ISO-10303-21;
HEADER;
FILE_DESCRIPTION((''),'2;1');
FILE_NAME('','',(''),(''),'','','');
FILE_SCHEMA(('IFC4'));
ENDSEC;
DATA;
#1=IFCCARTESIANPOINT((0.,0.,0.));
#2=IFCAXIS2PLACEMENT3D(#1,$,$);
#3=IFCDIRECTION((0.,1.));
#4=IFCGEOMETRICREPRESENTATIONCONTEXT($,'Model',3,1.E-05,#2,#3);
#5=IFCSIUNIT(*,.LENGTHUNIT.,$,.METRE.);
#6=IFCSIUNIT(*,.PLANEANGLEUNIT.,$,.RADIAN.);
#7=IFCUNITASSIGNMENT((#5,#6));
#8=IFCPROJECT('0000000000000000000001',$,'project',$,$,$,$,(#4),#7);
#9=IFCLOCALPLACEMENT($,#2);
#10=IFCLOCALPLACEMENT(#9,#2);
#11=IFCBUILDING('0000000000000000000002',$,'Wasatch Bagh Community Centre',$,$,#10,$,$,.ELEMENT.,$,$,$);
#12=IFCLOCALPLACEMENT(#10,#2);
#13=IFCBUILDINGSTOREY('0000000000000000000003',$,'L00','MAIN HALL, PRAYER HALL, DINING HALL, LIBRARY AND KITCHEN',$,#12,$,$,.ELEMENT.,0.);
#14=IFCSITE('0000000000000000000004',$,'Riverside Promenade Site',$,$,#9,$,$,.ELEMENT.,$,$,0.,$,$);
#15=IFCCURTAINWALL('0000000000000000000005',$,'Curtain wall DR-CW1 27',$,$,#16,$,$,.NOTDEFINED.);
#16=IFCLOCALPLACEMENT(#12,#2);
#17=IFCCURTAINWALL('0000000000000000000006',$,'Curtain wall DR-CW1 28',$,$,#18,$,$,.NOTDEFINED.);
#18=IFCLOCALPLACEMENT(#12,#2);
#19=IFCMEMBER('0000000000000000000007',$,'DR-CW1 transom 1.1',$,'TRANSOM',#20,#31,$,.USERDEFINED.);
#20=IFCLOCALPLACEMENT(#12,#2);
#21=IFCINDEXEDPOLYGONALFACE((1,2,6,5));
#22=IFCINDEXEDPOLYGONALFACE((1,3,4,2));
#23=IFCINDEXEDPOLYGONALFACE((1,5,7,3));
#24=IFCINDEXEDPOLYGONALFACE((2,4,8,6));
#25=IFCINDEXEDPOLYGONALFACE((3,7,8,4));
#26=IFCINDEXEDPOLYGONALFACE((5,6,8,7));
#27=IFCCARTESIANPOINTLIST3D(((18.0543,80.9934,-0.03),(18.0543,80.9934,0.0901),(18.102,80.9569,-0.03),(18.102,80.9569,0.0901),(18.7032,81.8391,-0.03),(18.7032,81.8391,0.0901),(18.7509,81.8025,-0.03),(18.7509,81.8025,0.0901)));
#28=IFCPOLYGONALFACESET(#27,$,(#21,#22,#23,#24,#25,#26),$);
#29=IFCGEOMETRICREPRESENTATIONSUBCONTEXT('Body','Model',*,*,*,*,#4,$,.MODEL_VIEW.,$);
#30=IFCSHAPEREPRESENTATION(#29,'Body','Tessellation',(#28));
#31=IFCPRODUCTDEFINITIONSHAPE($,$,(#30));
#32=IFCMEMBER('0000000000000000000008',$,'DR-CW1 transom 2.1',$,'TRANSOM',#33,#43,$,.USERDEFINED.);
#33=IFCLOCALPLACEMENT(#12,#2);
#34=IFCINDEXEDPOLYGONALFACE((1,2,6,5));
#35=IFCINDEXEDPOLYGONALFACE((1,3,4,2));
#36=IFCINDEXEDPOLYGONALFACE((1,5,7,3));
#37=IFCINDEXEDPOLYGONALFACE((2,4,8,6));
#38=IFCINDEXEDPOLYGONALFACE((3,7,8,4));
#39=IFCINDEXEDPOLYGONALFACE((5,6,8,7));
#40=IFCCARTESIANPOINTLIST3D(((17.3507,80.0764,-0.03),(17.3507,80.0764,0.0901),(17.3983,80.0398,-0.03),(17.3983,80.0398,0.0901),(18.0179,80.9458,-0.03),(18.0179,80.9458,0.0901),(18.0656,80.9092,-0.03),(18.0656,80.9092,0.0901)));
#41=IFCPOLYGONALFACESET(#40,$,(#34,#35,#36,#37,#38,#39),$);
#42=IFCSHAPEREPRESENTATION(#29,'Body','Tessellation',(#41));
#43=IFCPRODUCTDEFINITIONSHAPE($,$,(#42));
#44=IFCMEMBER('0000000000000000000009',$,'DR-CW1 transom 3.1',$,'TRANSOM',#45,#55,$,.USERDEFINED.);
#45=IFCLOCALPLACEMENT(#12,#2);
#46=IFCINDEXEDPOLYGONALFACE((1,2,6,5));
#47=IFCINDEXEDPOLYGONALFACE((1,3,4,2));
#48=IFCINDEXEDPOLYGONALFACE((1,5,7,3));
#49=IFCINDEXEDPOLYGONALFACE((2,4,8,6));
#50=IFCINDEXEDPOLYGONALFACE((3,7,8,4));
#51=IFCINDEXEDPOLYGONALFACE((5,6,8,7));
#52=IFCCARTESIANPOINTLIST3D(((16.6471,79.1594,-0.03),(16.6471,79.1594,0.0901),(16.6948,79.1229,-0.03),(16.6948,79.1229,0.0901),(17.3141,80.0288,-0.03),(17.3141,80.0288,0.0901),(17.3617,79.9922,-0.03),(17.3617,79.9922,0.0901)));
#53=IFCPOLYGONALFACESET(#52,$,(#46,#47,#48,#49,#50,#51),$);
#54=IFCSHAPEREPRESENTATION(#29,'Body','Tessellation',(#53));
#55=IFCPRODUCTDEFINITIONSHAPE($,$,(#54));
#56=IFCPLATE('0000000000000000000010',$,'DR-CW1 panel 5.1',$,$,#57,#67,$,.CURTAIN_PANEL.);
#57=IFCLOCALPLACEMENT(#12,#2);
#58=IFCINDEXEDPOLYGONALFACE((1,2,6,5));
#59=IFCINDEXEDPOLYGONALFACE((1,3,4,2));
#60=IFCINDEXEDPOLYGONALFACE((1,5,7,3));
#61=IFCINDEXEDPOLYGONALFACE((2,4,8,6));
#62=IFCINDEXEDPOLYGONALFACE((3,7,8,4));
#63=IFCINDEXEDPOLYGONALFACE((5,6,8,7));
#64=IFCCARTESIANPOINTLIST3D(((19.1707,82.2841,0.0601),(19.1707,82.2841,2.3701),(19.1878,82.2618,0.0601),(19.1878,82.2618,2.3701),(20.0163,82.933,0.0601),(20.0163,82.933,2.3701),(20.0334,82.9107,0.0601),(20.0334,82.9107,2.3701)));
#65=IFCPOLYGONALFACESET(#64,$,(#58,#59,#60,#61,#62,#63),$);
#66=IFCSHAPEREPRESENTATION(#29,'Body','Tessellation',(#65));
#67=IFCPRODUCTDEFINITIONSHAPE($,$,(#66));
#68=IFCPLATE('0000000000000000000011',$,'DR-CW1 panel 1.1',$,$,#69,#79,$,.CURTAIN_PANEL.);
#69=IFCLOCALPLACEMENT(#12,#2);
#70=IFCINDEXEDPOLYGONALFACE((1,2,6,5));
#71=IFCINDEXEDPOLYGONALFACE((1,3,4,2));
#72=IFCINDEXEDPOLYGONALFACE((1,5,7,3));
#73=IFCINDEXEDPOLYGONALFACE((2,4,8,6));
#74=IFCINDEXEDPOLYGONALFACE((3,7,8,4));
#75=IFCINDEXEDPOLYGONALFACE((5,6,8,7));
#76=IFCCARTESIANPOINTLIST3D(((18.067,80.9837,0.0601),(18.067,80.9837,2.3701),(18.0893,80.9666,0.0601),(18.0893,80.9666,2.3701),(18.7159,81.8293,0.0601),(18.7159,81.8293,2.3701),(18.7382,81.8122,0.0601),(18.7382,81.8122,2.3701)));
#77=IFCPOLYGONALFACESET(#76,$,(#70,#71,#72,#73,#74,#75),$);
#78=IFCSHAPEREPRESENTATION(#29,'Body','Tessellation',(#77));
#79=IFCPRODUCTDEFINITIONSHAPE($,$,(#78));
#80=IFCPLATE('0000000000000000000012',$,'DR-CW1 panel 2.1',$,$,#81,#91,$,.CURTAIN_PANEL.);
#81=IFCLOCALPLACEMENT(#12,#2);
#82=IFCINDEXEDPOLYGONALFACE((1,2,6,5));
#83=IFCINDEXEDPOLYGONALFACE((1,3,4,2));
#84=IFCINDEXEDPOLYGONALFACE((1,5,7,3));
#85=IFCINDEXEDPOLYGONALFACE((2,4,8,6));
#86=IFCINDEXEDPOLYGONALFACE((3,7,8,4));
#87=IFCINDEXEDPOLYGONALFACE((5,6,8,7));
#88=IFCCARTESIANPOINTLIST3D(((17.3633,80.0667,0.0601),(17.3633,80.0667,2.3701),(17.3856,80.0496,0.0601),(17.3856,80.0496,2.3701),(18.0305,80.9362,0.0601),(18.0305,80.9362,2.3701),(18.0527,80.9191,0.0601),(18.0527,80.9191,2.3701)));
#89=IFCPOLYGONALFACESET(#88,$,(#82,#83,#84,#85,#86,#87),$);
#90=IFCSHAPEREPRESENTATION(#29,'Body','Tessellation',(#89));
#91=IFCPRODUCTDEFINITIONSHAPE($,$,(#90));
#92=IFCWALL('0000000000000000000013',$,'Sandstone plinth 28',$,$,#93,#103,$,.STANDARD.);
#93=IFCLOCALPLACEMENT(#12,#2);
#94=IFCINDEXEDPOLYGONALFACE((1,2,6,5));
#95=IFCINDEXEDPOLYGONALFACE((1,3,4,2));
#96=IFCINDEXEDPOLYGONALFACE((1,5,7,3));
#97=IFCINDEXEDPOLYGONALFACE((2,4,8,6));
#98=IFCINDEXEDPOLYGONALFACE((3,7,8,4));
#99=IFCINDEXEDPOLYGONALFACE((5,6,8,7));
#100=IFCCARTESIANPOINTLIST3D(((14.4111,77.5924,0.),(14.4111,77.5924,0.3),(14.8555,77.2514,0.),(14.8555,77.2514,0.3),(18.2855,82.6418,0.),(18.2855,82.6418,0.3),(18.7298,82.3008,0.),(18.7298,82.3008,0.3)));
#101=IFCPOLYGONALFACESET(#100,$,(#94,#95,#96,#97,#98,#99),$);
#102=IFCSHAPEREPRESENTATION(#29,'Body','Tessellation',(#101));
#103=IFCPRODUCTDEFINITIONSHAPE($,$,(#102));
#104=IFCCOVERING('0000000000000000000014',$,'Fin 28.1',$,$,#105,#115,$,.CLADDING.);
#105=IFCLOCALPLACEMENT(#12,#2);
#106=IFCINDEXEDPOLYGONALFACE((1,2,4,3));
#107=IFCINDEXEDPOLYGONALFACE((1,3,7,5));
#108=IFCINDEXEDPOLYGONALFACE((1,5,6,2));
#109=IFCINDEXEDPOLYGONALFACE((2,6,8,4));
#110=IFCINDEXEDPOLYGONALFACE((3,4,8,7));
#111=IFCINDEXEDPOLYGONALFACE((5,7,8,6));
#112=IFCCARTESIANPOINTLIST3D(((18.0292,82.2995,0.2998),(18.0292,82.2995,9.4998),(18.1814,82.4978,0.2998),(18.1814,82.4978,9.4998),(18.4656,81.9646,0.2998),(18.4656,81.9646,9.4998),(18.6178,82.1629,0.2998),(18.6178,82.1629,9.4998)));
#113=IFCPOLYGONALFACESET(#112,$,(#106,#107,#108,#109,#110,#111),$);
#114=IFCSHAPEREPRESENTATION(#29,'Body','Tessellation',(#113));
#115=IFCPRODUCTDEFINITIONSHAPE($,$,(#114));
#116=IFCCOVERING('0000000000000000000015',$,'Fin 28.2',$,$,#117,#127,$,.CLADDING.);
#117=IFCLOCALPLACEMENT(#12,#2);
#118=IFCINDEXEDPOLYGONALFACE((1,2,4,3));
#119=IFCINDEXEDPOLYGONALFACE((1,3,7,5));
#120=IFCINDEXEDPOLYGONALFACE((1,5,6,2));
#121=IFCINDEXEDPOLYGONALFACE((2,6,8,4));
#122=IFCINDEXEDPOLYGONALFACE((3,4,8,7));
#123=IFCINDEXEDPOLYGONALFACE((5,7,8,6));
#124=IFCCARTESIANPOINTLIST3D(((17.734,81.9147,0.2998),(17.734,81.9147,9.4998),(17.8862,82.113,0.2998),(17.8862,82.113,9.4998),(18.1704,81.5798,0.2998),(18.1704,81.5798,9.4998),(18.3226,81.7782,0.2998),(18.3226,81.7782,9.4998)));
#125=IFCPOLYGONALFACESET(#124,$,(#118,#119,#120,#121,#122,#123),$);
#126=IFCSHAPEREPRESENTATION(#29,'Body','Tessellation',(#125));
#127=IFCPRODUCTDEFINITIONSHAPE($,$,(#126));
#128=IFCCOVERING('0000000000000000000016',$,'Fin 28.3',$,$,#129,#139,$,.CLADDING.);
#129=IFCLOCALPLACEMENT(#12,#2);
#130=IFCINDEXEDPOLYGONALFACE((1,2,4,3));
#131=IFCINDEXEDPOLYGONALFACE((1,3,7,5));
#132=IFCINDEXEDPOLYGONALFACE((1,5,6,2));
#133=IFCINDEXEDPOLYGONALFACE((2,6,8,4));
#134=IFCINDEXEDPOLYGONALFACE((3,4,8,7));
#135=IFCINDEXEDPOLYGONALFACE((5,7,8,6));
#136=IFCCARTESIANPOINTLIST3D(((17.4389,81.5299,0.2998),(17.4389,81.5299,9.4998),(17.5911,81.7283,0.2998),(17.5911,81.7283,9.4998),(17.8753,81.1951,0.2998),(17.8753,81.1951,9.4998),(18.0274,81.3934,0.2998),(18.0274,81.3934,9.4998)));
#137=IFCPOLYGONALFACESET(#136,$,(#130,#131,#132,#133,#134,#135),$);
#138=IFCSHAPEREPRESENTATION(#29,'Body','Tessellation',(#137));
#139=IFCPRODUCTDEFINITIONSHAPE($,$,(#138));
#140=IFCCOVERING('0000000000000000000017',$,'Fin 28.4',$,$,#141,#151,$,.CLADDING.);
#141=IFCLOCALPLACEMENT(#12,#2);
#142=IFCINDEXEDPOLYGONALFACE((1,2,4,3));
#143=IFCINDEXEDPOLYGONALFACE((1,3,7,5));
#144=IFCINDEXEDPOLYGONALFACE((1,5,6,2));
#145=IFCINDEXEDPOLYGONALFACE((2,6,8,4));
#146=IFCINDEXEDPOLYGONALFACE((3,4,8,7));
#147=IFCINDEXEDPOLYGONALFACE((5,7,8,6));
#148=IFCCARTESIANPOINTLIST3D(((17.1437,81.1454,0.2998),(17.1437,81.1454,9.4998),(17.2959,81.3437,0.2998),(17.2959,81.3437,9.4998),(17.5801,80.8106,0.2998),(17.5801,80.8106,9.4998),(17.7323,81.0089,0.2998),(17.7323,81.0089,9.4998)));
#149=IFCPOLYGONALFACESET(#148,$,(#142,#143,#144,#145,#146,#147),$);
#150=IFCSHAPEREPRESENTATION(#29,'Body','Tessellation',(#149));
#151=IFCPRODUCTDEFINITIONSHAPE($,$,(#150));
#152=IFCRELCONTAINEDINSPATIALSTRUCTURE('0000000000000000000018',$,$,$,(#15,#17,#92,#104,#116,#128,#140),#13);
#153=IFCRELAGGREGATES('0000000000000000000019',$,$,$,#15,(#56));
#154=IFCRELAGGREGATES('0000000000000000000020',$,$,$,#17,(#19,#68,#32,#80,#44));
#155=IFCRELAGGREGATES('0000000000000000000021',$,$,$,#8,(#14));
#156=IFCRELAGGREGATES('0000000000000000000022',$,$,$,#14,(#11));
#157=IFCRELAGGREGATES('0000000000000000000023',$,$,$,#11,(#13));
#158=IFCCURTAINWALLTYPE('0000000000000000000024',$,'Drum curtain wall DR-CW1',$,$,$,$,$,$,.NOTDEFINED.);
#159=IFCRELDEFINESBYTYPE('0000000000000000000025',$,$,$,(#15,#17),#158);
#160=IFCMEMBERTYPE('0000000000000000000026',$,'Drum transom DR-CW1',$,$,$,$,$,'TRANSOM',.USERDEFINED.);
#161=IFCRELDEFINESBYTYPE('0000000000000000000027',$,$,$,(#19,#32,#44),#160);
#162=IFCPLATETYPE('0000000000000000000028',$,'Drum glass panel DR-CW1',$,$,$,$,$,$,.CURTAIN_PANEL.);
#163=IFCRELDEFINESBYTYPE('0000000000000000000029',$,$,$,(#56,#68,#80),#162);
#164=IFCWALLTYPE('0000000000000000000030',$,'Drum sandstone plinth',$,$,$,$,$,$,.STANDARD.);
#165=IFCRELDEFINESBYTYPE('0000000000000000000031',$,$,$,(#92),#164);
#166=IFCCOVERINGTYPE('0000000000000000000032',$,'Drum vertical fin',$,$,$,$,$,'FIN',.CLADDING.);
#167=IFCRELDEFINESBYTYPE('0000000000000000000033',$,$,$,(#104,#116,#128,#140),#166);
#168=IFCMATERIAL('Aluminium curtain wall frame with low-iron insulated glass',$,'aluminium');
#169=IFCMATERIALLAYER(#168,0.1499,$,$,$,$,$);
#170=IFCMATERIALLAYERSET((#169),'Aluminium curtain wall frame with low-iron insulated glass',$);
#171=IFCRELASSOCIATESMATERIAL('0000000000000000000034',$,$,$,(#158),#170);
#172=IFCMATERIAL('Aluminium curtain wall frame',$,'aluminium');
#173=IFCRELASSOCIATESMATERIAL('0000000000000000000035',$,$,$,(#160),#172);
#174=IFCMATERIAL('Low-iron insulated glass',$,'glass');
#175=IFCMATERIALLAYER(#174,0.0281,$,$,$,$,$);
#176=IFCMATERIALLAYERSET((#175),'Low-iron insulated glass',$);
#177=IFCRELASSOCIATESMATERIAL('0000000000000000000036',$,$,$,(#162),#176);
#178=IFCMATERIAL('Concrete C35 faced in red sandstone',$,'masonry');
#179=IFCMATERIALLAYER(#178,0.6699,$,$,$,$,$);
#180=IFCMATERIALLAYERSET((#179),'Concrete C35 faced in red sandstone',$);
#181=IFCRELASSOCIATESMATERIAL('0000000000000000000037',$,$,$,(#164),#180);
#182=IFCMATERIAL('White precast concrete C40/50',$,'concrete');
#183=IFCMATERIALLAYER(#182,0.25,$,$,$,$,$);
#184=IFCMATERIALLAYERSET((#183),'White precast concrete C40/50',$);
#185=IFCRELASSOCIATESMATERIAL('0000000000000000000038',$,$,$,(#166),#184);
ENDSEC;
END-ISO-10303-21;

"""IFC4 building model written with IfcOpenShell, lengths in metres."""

from ifc_helpers import new_model, si_unit, direction, frame, frame_2d, origin, origin_2d, place, context, subcontext, project, spatial, rectangle, extrude, material, layer, layer_set, material_profile, profile_set, type_object, element, aggregate, save


model = new_model("IFC4")

# Units and contexts
model_context = context("Model", 3, precision=1e-05, world=origin(), true_north=direction((0.0, 1.0)))
body_context = subcontext(model_context, "Body", "Model", "MODEL_VIEW")
ifc_project = project(units=[si_unit("LENGTHUNIT", "METRE"), si_unit("PLANEANGLEUNIT", "RADIAN")], contexts=[model_context])

# Site, building, storey
site_placement = place(None, origin())
site = spatial("IfcSite", under=ifc_project, at=site_placement, Name="Riverside Promenade Site", CompositionType="ELEMENT", RefElevation=0.0)
building_placement = place(site_placement, origin())
building = spatial("IfcBuilding", under=site, at=building_placement, Name="Wasatch Bagh Community Centre", CompositionType="ELEMENT")
storey_placement = place(building_placement, origin())
storey = spatial("IfcBuildingStorey", under=building, at=storey_placement, Name="L00", Description="MAIN HALL, PRAYER HALL, DINING HALL, LIBRARY AND KITCHEN", CompositionType="ELEMENT", Elevation=0.0)

# Curtain walls
ifc_material_1 = material(Name="Aluminium curtain wall frame with low-iron insulated glass", Category="aluminium")
ifc_layer_1 = layer(ifc_material_1, 0.1499)
ifc_layer_set_1 = layer_set([ifc_layer_1], Name="Aluminium curtain wall frame with low-iron insulated glass")
curtain_wall_type = type_object("IfcCurtainWallType", Name="Drum curtain wall DR-CW1", PredefinedType="NOTDEFINED", material=ifc_layer_set_1)
curtain_wall_1_placement = place(storey_placement, origin())
curtain_wall_1 = element("IfcCurtainWall", 1, at=curtain_wall_1_placement, inside=storey, type_object=curtain_wall_type, Name="Curtain wall DR-CW1 27", PredefinedType="NOTDEFINED")
ifc_material_2 = material(Name="Aluminium curtain wall frame", Category="aluminium")
curtain_wall_2_placement = place(storey_placement, origin())
curtain_wall_2 = element("IfcCurtainWall", 2, at=curtain_wall_2_placement, inside=storey, type_object=curtain_wall_type, Name="Curtain wall DR-CW1 28", PredefinedType="NOTDEFINED")

# Members
ifc_material_profile_1 = material_profile(ifc_material_2, rectangle(XDim=0.0601, YDim=0.1201, at=origin_2d()), Name="Drum transom DR-CW1")
ifc_profile_set_1 = profile_set([ifc_material_profile_1], Name="Aluminium curtain wall frame")
member_type_1 = type_object("IfcMemberType", Name="Drum transom DR-CW1", ElementType="TRANSOM", PredefinedType="USERDEFINED", material=ifc_profile_set_1)
member_1_placement = place(storey_placement, frame((18.7271, 81.8208, 0.03), z_axis=(-0.608758, -0.793356, 0.0), x_axis=(0.793356, -0.608758, 0.0)))
member_1 = element("IfcMember", 3, at=member_1_placement, type_object=member_type_1, Name="DR-CW1 transom 1.1", ObjectType="TRANSOM", PredefinedType="USERDEFINED", context=body_context, shape_type="SweptSolid", body=[
    extrude(rectangle(XDim=0.0601, YDim=0.1201, at=origin_2d()), origin(), (0.0, 0.0, 1.0), 1.0659),
])
member_2_placement = place(storey_placement, frame((18.0417, 80.9275, 0.03), z_axis=(-0.608838, -0.793294, 0.0), x_axis=(0.793294, -0.608838, 0.0)))
member_2 = element("IfcMember", 4, at=member_2_placement, type_object=member_type_1, Name="DR-CW1 transom 2.1", ObjectType="TRANSOM", PredefinedType="USERDEFINED", context=body_context, shape_type="SweptSolid", body=[
    extrude(rectangle(XDim=0.0601, YDim=0.1201, at=origin_2d()), origin(), (0.0, 0.0, 1.0), 1.0959),
])
member_3_placement = place(storey_placement, frame((17.3379, 80.0105, 0.03), z_axis=(-0.608698, -0.793402, 0.0), x_axis=(0.793402, -0.608698, 0.0)))
member_3 = element("IfcMember", 5, at=member_3_placement, type_object=member_type_1, Name="DR-CW1 transom 3.1", ObjectType="TRANSOM", PredefinedType="USERDEFINED", context=body_context, shape_type="SweptSolid", body=[
    extrude(rectangle(XDim=0.0601, YDim=0.1201, at=origin_2d()), origin(), (0.0, 0.0, 1.0), 1.0957),
])

# Plates
ifc_material_3 = material(Name="Low-iron insulated glass", Category="glass")
ifc_layer_2 = layer(ifc_material_3, 0.0281)
ifc_layer_set_2 = layer_set([ifc_layer_2], Name="Low-iron insulated glass")
plate_type = type_object("IfcPlateType", Name="Drum glass panel DR-CW1", PredefinedType="CURTAIN_PANEL", material=ifc_layer_set_2)
plate_1_placement = place(storey_placement, frame((19.6021, 82.5974, 0.0601), z_axis=(0.0, 0.0, 1.0), x_axis=(-0.793353, -0.608761, 0.0)))
plate_1 = element("IfcPlate", 6, at=plate_1_placement, type_object=plate_type, Name="DR-CW1 panel 5.1", PredefinedType="CURTAIN_PANEL", context=body_context, shape_type="SweptSolid", body=[
    extrude(rectangle(XDim=1.0659, YDim=0.0281, at=origin_2d()), origin(), (0.0, 0.0, 1.0), 2.3101),
])
aggregate(curtain_wall_1, [plate_1])
plate_2_placement = place(storey_placement, frame((18.4026, 81.3979, 0.0601), z_axis=(0.0, 0.0, 1.0), x_axis=(-0.608761, -0.793353, 0.0)))
plate_2 = element("IfcPlate", 7, at=plate_2_placement, type_object=plate_type, Name="DR-CW1 panel 1.1", PredefinedType="CURTAIN_PANEL", context=body_context, shape_type="SweptSolid", body=[
    extrude(rectangle(XDim=1.0659, YDim=0.0281, at=origin_2d()), origin(), (0.0, 0.0, 1.0), 2.3101),
])
plate_3_placement = place(storey_placement, frame((17.708, 80.4929, 0.0601), z_axis=(0.0, 0.0, 1.0), x_axis=(-0.608761, -0.793353, 0.0)))
plate_3 = element("IfcPlate", 8, at=plate_3_placement, type_object=plate_type, Name="DR-CW1 panel 2.1", PredefinedType="CURTAIN_PANEL", context=body_context, shape_type="SweptSolid", body=[
    extrude(rectangle(XDim=1.0959, YDim=0.0281, at=origin_2d()), origin(), (0.0, 0.0, 1.0), 2.3101),
])
aggregate(curtain_wall_2, [member_1, plate_2, member_2, plate_3, member_3])

# Wall
ifc_material_4 = material(Name="Concrete C35 faced in red sandstone", Category="masonry")
ifc_layer_3 = layer(ifc_material_4, 0.6699)
ifc_layer_set_3 = layer_set([ifc_layer_3], Name="Concrete C35 faced in red sandstone")
wall_type = type_object("IfcWallType", Name="Drum sandstone plinth", PredefinedType="STANDARD", material=ifc_layer_set_3)
wall_placement = place(storey_placement, frame((18.5076, 82.4712, 0.0), z_axis=(0.0, 0.0, 1.0), x_axis=(-0.608741, -0.793369, 0.0)))
element("IfcWall", 9, at=wall_placement, inside=storey, type_object=wall_type, Name="Sandstone plinth 28", PredefinedType="STANDARD", context=body_context, shape_type="SweptSolid", body=[
    extrude(rectangle(XDim=6.3645, YDim=0.5601, at=frame_2d((3.1821, 0.0))), origin(), (0.0, 0.0, 1.0), 0.3),
])

# Coverings
ifc_material_5 = material(Name="White precast concrete C40/50", Category="concrete")
ifc_layer_4 = layer(ifc_material_5, 0.25)
ifc_layer_set_4 = layer_set([ifc_layer_4], Name="White precast concrete C40/50")
covering_type = type_object("IfcCoveringType", Name="Drum vertical fin", ElementType="FIN", PredefinedType="CLADDING", material=ifc_layer_set_4)
for number, where, z_axis, x_axis, name in (
    (10, (18.3235, 82.2312, 0.2998), (0.0, 0.0, 1.0), (-0.608761, -0.793353, 0.0), "Fin 28.1"),
    (11, (18.0283, 81.8464, 0.2998), (0.0, 0.0, 1.0), (-0.608761, -0.793353, 0.0), "Fin 28.2"),
    (12, (17.7332, 81.4617, 0.2998), (0.0, 0.0, 1.0), (-0.608761, -0.793353, 0.0), "Fin 28.3"),
    (13, (17.438, 81.0771, 0.2998), (0.0, 0.0, 1.0), (-0.608761, -0.793353, 0.0), "Fin 28.4"),
):
    element("IfcCovering", number, at=place(storey_placement, frame(where, z_axis=z_axis, x_axis=x_axis)), inside=storey, type_object=covering_type, Name=name, PredefinedType="CLADDING", context=body_context, shape_type="SweptSolid", body=[
        extrude(rectangle(XDim=0.25, YDim=0.55, at=origin_2d()), origin(), (0.0, 0.0, 1.0), 9.2),
    ])

save(model, "model.ifc")
